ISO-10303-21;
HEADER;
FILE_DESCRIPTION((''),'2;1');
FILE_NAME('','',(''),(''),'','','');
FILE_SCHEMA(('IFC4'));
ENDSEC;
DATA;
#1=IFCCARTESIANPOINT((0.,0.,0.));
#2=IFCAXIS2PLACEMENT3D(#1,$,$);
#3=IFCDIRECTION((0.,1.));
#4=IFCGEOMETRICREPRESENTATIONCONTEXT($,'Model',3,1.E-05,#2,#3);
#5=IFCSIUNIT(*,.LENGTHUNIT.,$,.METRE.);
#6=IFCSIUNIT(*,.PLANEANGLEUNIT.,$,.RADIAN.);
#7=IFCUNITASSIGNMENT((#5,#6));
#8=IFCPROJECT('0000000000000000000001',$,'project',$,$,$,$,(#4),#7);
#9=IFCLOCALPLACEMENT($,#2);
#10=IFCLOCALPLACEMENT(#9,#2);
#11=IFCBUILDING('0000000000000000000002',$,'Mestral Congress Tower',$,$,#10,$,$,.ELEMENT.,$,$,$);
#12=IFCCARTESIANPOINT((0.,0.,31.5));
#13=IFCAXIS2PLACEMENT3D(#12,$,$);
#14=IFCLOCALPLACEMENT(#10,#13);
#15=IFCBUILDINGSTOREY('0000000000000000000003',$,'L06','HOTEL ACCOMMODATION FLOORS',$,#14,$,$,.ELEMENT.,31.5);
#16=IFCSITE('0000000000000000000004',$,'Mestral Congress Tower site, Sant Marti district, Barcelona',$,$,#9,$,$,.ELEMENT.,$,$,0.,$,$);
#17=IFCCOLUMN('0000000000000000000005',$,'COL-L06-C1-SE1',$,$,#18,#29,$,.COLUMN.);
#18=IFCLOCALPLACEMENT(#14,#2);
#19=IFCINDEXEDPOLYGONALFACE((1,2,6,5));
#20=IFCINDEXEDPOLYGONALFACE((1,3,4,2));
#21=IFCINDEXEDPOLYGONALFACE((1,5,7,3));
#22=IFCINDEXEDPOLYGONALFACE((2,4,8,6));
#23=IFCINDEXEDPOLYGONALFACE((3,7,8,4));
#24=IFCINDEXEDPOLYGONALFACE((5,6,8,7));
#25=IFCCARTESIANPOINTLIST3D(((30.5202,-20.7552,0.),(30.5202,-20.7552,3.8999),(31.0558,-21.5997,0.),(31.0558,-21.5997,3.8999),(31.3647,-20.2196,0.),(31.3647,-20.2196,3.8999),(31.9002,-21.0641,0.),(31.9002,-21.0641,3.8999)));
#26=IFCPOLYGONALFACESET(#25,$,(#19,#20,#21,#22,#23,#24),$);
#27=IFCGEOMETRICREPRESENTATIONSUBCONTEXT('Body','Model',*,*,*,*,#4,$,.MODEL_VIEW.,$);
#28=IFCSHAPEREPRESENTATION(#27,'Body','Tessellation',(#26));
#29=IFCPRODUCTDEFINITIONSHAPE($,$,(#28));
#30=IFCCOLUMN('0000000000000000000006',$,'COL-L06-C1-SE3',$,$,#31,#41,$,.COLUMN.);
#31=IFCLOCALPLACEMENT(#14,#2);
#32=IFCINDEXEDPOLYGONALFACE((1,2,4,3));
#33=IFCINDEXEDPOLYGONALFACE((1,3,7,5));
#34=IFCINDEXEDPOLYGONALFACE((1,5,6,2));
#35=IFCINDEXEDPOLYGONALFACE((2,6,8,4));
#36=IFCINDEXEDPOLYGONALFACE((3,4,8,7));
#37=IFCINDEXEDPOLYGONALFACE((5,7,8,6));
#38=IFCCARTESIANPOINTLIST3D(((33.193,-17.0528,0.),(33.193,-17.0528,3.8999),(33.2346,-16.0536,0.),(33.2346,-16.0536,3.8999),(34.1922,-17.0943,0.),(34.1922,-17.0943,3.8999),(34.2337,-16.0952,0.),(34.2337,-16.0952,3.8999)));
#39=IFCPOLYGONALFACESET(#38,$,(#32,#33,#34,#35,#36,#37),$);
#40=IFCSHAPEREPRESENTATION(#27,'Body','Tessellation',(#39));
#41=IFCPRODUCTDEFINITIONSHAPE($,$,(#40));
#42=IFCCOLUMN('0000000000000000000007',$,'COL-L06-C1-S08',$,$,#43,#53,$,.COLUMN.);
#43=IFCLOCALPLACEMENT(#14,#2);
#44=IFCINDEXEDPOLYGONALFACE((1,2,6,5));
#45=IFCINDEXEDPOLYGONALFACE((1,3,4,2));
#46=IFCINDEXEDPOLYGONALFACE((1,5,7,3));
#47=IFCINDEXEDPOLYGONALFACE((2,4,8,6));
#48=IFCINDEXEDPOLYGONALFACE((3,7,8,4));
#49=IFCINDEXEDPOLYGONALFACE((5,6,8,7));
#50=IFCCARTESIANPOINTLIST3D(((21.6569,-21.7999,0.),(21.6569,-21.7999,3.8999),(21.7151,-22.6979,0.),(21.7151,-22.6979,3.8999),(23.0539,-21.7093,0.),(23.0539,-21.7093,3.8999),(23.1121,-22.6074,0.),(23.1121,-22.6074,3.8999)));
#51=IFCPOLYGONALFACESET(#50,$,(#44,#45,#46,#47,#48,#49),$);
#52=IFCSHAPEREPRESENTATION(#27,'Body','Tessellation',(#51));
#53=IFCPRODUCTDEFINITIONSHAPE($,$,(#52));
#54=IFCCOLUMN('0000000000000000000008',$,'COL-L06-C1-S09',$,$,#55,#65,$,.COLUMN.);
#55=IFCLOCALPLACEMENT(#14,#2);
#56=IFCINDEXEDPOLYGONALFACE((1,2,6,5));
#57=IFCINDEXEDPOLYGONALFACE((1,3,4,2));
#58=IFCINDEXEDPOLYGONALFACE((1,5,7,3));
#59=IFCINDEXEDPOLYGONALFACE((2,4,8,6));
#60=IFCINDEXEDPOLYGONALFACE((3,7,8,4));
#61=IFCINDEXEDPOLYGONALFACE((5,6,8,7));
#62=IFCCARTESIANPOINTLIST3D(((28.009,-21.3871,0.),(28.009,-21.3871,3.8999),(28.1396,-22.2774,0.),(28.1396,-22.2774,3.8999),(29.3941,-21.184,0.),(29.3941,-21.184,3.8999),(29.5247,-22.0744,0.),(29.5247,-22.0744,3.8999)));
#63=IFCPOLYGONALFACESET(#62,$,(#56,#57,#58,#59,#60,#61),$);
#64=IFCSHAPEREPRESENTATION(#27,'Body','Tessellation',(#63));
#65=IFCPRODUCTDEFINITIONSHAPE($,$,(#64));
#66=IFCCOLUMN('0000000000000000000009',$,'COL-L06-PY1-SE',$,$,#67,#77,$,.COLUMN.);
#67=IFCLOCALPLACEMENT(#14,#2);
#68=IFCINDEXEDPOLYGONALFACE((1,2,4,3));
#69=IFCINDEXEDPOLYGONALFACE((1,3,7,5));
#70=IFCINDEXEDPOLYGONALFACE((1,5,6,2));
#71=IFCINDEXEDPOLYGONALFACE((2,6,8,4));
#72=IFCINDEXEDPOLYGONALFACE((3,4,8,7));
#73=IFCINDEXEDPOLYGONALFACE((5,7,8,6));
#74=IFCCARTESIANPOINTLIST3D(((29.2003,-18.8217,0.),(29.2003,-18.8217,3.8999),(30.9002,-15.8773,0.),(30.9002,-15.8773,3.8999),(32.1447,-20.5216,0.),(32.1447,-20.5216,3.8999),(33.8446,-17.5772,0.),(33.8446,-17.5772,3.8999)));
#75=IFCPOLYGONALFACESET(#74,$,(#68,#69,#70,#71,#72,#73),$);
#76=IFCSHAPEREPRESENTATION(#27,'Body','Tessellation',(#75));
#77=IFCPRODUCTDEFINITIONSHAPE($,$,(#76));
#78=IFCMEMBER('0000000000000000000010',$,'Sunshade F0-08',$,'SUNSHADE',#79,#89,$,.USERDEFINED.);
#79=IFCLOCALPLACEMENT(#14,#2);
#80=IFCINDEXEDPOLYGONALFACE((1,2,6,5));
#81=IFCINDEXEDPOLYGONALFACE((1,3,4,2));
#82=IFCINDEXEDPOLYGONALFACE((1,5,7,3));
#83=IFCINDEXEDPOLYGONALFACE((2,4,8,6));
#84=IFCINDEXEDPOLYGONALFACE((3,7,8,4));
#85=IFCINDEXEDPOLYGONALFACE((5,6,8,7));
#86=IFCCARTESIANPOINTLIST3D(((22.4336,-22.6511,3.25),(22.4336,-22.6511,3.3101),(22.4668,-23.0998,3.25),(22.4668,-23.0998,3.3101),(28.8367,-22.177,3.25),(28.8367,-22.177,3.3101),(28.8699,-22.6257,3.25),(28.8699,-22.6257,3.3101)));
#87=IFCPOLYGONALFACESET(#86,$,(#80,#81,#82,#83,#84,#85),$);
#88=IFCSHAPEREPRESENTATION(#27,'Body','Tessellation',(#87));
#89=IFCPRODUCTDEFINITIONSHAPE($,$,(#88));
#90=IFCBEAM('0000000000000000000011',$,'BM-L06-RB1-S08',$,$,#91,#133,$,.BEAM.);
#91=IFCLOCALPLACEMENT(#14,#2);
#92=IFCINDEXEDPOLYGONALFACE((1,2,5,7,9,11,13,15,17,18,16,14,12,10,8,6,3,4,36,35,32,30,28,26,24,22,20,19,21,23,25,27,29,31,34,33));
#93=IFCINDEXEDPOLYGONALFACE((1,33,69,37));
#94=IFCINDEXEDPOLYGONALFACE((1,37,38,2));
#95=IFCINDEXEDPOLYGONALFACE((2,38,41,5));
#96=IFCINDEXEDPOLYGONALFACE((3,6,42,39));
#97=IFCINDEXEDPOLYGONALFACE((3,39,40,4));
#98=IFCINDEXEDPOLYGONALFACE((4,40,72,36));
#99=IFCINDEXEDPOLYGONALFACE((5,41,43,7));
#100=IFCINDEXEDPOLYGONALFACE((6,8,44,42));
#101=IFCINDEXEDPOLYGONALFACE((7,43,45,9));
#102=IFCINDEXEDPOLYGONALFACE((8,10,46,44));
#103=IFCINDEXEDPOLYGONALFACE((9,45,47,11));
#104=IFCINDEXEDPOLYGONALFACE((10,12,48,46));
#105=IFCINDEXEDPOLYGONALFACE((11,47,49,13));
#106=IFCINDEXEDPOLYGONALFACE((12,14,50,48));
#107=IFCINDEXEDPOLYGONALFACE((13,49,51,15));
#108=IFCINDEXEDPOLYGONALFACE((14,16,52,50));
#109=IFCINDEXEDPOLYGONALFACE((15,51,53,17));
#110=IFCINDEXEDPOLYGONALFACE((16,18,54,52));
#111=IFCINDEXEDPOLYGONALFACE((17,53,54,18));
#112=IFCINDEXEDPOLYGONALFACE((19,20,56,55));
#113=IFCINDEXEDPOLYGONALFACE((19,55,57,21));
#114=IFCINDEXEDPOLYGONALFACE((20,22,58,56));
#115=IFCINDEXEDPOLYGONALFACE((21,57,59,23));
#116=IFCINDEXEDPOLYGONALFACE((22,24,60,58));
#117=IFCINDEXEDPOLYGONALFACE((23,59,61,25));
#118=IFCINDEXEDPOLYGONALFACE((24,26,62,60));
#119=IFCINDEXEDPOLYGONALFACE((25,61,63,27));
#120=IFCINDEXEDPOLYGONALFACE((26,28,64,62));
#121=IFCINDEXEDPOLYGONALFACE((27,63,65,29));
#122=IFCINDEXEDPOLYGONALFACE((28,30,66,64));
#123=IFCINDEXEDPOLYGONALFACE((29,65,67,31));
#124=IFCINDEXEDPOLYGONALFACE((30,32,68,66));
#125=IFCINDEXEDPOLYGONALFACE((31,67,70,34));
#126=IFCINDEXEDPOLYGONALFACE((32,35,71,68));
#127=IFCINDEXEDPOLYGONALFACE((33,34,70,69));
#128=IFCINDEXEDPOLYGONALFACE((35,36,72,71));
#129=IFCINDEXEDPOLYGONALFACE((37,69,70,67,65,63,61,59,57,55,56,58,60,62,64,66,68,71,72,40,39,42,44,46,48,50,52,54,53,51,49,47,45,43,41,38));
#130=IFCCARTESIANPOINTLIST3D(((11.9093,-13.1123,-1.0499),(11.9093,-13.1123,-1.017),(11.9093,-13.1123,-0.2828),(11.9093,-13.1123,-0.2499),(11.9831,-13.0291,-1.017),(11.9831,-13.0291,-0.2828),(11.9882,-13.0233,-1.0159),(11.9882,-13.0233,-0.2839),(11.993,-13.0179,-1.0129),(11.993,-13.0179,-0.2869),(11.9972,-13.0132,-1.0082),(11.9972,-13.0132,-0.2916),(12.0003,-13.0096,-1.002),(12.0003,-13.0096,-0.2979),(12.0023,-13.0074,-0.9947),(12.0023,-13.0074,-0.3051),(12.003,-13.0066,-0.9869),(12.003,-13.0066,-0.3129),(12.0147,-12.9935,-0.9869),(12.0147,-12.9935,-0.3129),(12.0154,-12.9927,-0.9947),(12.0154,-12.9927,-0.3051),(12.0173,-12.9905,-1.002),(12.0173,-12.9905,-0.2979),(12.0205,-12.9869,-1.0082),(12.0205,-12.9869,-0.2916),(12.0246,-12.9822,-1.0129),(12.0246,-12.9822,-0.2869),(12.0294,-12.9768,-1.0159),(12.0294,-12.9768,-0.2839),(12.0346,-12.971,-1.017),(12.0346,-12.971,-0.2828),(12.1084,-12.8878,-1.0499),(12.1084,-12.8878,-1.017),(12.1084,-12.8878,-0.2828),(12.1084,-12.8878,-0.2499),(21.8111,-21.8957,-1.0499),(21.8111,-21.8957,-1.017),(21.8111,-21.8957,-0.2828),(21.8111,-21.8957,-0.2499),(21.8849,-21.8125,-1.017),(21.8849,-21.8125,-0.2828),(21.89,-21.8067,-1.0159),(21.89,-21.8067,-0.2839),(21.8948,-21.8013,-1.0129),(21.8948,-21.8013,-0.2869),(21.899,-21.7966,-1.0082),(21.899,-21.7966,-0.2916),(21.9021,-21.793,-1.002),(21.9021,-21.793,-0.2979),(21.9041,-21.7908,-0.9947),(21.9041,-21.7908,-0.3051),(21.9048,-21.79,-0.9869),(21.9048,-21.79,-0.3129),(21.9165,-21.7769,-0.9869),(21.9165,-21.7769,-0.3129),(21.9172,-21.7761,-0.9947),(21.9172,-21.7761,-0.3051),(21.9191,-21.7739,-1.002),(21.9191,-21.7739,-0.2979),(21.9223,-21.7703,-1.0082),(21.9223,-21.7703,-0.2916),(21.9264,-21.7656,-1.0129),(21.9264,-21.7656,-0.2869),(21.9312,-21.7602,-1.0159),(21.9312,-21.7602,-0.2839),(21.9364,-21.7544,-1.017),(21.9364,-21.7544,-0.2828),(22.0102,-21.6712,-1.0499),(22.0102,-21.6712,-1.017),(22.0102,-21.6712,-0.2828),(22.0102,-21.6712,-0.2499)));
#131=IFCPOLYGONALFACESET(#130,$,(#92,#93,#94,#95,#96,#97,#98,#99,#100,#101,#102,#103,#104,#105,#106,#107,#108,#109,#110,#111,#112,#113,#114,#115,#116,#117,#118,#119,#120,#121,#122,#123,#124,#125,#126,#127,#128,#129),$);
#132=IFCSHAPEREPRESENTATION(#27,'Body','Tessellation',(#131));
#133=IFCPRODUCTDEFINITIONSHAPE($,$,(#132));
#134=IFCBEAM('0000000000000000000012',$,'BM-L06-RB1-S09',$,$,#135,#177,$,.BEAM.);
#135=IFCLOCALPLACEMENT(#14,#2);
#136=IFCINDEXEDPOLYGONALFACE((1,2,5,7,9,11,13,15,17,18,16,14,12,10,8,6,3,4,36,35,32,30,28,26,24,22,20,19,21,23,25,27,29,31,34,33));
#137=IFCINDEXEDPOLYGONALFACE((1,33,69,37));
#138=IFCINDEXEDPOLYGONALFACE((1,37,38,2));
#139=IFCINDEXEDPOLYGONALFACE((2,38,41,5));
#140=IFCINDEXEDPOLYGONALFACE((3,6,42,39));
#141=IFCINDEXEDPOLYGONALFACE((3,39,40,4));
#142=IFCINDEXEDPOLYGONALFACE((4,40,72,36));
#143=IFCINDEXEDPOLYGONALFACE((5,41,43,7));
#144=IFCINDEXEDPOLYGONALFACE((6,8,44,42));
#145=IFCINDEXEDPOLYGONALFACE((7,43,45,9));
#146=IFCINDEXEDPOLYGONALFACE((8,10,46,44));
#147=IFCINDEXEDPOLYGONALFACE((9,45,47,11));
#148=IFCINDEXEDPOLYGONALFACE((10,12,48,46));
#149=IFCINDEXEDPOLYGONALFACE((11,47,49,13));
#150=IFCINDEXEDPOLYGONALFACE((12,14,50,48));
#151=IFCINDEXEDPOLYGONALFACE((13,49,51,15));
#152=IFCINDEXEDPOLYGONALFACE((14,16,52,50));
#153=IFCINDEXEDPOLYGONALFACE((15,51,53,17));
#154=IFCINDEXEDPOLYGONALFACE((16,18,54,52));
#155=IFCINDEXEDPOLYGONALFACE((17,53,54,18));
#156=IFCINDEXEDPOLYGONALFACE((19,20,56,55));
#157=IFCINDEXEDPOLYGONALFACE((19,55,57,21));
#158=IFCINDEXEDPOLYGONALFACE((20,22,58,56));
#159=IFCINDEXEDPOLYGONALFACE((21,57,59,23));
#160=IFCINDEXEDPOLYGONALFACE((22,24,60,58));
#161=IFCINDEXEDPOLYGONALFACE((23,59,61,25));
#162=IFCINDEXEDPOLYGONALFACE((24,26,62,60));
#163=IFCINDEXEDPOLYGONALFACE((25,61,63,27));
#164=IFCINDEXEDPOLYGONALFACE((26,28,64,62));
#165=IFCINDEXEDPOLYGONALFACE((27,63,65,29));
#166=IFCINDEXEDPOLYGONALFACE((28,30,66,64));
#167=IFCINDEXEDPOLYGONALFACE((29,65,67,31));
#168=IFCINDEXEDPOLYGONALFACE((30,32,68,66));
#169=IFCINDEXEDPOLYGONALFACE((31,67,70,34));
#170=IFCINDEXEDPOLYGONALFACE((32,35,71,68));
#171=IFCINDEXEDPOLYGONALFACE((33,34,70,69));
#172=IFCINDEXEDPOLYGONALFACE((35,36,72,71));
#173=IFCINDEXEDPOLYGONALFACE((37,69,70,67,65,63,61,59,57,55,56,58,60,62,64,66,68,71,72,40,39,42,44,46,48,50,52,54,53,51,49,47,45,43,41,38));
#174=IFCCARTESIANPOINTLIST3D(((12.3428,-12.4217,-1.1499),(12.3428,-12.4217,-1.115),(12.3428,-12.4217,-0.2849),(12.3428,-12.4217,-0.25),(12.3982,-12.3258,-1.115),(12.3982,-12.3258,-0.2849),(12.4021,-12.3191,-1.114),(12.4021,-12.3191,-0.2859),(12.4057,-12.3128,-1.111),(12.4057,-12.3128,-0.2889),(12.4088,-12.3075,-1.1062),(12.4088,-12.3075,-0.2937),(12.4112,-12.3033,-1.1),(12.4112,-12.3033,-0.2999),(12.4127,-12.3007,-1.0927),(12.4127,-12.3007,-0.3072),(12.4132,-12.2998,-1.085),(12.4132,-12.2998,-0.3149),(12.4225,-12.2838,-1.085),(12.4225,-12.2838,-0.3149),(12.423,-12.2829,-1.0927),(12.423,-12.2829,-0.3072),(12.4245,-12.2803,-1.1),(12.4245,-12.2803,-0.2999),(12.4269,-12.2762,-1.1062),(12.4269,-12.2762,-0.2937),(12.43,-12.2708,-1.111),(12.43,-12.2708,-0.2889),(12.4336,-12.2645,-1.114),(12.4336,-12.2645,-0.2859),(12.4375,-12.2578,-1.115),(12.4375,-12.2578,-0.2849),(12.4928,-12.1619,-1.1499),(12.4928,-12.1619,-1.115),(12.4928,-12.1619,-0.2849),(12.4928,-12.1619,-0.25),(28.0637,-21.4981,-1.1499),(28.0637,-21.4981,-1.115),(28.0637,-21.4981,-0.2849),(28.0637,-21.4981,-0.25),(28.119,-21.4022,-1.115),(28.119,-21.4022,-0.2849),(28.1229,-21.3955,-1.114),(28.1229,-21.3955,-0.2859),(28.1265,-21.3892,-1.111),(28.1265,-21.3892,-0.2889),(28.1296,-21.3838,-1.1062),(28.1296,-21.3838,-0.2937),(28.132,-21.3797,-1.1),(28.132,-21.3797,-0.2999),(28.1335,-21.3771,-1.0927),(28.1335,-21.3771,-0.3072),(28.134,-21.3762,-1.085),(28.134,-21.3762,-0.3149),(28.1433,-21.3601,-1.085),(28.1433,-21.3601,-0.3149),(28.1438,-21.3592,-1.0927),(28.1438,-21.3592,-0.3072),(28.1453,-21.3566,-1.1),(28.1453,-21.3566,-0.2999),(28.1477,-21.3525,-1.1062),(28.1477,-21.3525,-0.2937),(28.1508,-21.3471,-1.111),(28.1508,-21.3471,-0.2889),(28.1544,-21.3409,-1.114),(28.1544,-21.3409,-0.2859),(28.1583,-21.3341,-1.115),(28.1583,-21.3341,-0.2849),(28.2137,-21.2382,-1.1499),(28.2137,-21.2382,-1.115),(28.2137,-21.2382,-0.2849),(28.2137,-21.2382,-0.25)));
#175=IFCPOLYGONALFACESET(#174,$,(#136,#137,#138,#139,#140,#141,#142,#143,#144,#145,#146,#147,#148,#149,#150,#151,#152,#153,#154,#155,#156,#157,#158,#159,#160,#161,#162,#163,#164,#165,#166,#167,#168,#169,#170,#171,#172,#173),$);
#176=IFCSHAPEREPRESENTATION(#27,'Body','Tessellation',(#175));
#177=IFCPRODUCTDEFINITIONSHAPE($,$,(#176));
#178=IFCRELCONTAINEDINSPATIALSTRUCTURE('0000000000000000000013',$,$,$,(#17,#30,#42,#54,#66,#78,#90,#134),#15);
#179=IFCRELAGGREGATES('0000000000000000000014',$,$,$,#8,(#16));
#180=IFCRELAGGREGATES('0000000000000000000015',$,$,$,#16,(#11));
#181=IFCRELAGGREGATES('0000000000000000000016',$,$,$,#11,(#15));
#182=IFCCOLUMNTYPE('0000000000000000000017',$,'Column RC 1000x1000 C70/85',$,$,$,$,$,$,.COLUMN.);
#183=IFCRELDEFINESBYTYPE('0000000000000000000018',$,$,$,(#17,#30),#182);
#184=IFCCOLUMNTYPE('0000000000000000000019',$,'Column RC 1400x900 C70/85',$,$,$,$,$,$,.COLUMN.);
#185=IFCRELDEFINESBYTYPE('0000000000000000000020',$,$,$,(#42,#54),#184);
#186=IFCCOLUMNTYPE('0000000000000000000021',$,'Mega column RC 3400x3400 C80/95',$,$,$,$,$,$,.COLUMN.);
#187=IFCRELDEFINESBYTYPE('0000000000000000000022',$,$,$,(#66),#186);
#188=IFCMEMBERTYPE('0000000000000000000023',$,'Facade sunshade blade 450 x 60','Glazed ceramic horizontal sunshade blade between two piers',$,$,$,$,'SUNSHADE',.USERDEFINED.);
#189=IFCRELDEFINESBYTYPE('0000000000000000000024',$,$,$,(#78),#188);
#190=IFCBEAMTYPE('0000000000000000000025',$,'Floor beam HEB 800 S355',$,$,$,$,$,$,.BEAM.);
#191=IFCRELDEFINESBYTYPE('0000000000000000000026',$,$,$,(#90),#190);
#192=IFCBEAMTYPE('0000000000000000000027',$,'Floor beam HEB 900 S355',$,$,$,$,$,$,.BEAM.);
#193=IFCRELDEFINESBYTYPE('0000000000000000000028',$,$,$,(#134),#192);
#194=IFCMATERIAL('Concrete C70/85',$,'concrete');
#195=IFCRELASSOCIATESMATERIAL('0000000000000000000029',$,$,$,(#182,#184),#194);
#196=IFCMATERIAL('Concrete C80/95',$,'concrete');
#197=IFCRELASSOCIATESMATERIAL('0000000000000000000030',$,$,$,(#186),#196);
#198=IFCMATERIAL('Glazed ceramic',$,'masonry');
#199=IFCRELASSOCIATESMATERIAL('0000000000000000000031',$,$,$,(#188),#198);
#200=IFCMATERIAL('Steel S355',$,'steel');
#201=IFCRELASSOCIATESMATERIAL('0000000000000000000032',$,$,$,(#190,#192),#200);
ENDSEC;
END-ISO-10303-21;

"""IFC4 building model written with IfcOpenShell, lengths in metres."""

from ifc_helpers import new_model, si_unit, direction, frame, origin, origin_2d, place, context, subcontext, project, spatial, rectangle, i_section, extrude, material, material_profile, profile_set, type_object, element, save


model = new_model("IFC4")

# Units and contexts
model_context = context("Model", 3, precision=1e-05, world=origin(), true_north=direction((0.0, 1.0)))
body_context = subcontext(model_context, "Body", "Model", "MODEL_VIEW")
ifc_project = project(units=[si_unit("LENGTHUNIT", "METRE"), si_unit("PLANEANGLEUNIT", "RADIAN")], contexts=[model_context])

# Site, building, storey
site_placement = place(None, origin())
site = spatial("IfcSite", under=ifc_project, at=site_placement, Name="Mestral Congress Tower site, Sant Marti district, Barcelona", CompositionType="ELEMENT", RefElevation=0.0)
building_placement = place(site_placement, origin())
building = spatial("IfcBuilding", under=site, at=building_placement, Name="Mestral Congress Tower", CompositionType="ELEMENT")
storey_placement = place(building_placement, frame((0.0, 0.0, 31.5)))
storey = spatial("IfcBuildingStorey", under=building, at=storey_placement, Name="L06", Description="HOTEL ACCOMMODATION FLOORS", CompositionType="ELEMENT", Elevation=31.5)

# Columns
ifc_material_1 = material(Name="Concrete C70/85", Category="concrete")
ifc_material_profile_1 = material_profile(ifc_material_1, rectangle(XDim=1.0, YDim=1.0, at=origin_2d()), Name="RC 1000x1000")
ifc_profile_set_1 = profile_set([ifc_material_profile_1], Name="Concrete C70/85")
column_type_1 = type_object("IfcColumnType", Name="Column RC 1000x1000 C70/85", PredefinedType="COLUMN", material=ifc_profile_set_1)
for number, where, z_axis, x_axis, name in (
    (1, (31.2102, -20.9097, 0.0), (0.0, 0.0, 1.0), (0.844485, 0.535579, 0.0), "COL-L06-C1-SE1"),
    (2, (33.7134, -16.574, 0.0), (0.0, 0.0, 1.0), (0.041583, 0.999135, 0.0), "COL-L06-C1-SE3"),
):
    element("IfcColumn", number, at=place(storey_placement, frame(where, z_axis=z_axis, x_axis=x_axis)), inside=storey, type_object=column_type_1, Name=name, PredefinedType="COLUMN", context=body_context, shape_type="SweptSolid", body=[
        extrude(rectangle(XDim=1.0, YDim=1.0, at=origin_2d()), origin(), (0.0, 0.0, 1.0), 3.8999),
    ])
ifc_material_profile_2 = material_profile(ifc_material_1, rectangle(XDim=1.3999, YDim=0.8999, at=origin_2d()), Name="RC 1400x900")
ifc_profile_set_2 = profile_set([ifc_material_profile_2], Name="Concrete C70/85")
column_type_2 = type_object("IfcColumnType", Name="Column RC 1400x900 C70/85", PredefinedType="COLUMN", material=ifc_profile_set_2)
for number, where, z_axis, x_axis, name in (
    (3, (22.3845, -22.2036, 0.0), (0.0, 0.0, 1.0), (0.997908, 0.064658, 0.0), "COL-L06-C1-S08"),
    (4, (28.7668, -21.7307, 0.0), (0.0, 0.0, 1.0), (0.989424, 0.145056, 0.0), "COL-L06-C1-S09"),
):
    element("IfcColumn", number, at=place(storey_placement, frame(where, z_axis=z_axis, x_axis=x_axis)), inside=storey, type_object=column_type_2, Name=name, PredefinedType="COLUMN", context=body_context, shape_type="SweptSolid", body=[
        extrude(rectangle(XDim=1.3999, YDim=0.8999, at=origin_2d()), origin(), (0.0, 0.0, 1.0), 3.8999),
    ])
ifc_material_2 = material(Name="Concrete C80/95", Category="concrete")
ifc_material_profile_3 = material_profile(ifc_material_2, rectangle(XDim=3.3999, YDim=3.3999, at=origin_2d()), Name="RC 3400x3400")
ifc_profile_set_3 = profile_set([ifc_material_profile_3], Name="Concrete C80/95")
column_type_3 = type_object("IfcColumnType", Name="Mega column RC 3400x3400 C80/95", PredefinedType="COLUMN", material=ifc_profile_set_3)
column_placement = place(storey_placement, frame((31.5225, -18.1995, 0.0), z_axis=(0.0, 0.0, 1.0), x_axis=(0.866025, -0.5, 0.0)))
element("IfcColumn", 5, at=column_placement, inside=storey, type_object=column_type_3, Name="COL-L06-PY1-SE", PredefinedType="COLUMN", context=body_context, shape_type="SweptSolid", body=[
    extrude(rectangle(XDim=3.3999, YDim=3.3999, at=origin_2d()), origin(), (0.0, 0.0, 1.0), 3.8999),
])

# Member
ifc_material_3 = material(Name="Glazed ceramic", Category="masonry")
ifc_material_profile_4 = material_profile(ifc_material_3, rectangle(XDim=0.45, YDim=0.0601, at=origin_2d()), Name="Ceramic blade 450 x 60")
ifc_profile_set_4 = profile_set([ifc_material_profile_4], Name="Glazed ceramic")
member_type = type_object("IfcMemberType", Name="Facade sunshade blade 450 x 60", Description="Glazed ceramic horizontal sunshade blade between two piers", ElementType="SUNSHADE", PredefinedType="USERDEFINED", material=ifc_profile_set_4)
member_placement = place(storey_placement, frame((22.4502, -22.8755, 3.28), z_axis=(0.99727, 0.073844, 0.0), x_axis=(-0.073844, 0.99727, 0.0)))
element("IfcMember", 6, at=member_placement, inside=storey, type_object=member_type, Name="Sunshade F0-08", ObjectType="SUNSHADE", PredefinedType="USERDEFINED", context=body_context, shape_type="SweptSolid", body=[
    extrude(rectangle(XDim=0.45, YDim=0.0601, at=origin_2d()), origin(), (0.0, 0.0, 1.0), 6.4207),
])

# Beams
ifc_material_4 = material(Name="Steel S355", Category="steel")
ifc_material_profile_5 = material_profile(ifc_material_4, i_section(OverallWidth=0.3, OverallDepth=0.8, WebThickness=0.0176, FlangeThickness=0.033, FilletRadius=0.03, at=origin_2d()), Name="HEB 800")
ifc_profile_set_5 = profile_set([ifc_material_profile_5], Name="Steel S355")
beam_type_1 = type_object("IfcBeamType", Name="Floor beam HEB 800 S355", PredefinedType="BEAM", material=ifc_profile_set_5)
beam_1_placement = place(storey_placement, frame((21.9106, -21.7834, -0.6499), z_axis=(-0.748092, 0.663595, 0.0), x_axis=(-0.663595, -0.748092, 0.0)))
element("IfcBeam", 7, at=beam_1_placement, inside=storey, type_object=beam_type_1, Name="BM-L06-RB1-S08", PredefinedType="BEAM", context=body_context, shape_type="SweptSolid", body=[
    extrude(i_section(OverallWidth=0.3, OverallDepth=0.8, WebThickness=0.0176, FlangeThickness=0.033, FilletRadius=0.03, at=origin_2d()), origin(), (0.0, 0.0, 1.0), 13.2361),
])
ifc_material_profile_6 = material_profile(ifc_material_4, i_section(OverallWidth=0.3, OverallDepth=0.8999, WebThickness=0.0186, FlangeThickness=0.0349, FilletRadius=0.03, at=origin_2d()), Name="HEB 900")
ifc_profile_set_6 = profile_set([ifc_material_profile_6], Name="Steel S355")
beam_type_2 = type_object("IfcBeamType", Name="Floor beam HEB 900 S355", PredefinedType="BEAM", material=ifc_profile_set_6)
beam_2_placement = place(storey_placement, frame((28.1387, -21.3682, -0.7), z_axis=(-0.866027, 0.499997, 0.0), x_axis=(-0.499997, -0.866027, 0.0)))
element("IfcBeam", 8, at=beam_2_placement, inside=storey, type_object=beam_type_2, Name="BM-L06-RB1-S09", PredefinedType="BEAM", context=body_context, shape_type="SweptSolid", body=[
    extrude(i_section(OverallWidth=0.3, OverallDepth=0.8999, WebThickness=0.0186, FlangeThickness=0.0349, FilletRadius=0.03, at=origin_2d()), origin(), (0.0, 0.0, 1.0), 18.1528),
])

save(model, "model.ifc")
